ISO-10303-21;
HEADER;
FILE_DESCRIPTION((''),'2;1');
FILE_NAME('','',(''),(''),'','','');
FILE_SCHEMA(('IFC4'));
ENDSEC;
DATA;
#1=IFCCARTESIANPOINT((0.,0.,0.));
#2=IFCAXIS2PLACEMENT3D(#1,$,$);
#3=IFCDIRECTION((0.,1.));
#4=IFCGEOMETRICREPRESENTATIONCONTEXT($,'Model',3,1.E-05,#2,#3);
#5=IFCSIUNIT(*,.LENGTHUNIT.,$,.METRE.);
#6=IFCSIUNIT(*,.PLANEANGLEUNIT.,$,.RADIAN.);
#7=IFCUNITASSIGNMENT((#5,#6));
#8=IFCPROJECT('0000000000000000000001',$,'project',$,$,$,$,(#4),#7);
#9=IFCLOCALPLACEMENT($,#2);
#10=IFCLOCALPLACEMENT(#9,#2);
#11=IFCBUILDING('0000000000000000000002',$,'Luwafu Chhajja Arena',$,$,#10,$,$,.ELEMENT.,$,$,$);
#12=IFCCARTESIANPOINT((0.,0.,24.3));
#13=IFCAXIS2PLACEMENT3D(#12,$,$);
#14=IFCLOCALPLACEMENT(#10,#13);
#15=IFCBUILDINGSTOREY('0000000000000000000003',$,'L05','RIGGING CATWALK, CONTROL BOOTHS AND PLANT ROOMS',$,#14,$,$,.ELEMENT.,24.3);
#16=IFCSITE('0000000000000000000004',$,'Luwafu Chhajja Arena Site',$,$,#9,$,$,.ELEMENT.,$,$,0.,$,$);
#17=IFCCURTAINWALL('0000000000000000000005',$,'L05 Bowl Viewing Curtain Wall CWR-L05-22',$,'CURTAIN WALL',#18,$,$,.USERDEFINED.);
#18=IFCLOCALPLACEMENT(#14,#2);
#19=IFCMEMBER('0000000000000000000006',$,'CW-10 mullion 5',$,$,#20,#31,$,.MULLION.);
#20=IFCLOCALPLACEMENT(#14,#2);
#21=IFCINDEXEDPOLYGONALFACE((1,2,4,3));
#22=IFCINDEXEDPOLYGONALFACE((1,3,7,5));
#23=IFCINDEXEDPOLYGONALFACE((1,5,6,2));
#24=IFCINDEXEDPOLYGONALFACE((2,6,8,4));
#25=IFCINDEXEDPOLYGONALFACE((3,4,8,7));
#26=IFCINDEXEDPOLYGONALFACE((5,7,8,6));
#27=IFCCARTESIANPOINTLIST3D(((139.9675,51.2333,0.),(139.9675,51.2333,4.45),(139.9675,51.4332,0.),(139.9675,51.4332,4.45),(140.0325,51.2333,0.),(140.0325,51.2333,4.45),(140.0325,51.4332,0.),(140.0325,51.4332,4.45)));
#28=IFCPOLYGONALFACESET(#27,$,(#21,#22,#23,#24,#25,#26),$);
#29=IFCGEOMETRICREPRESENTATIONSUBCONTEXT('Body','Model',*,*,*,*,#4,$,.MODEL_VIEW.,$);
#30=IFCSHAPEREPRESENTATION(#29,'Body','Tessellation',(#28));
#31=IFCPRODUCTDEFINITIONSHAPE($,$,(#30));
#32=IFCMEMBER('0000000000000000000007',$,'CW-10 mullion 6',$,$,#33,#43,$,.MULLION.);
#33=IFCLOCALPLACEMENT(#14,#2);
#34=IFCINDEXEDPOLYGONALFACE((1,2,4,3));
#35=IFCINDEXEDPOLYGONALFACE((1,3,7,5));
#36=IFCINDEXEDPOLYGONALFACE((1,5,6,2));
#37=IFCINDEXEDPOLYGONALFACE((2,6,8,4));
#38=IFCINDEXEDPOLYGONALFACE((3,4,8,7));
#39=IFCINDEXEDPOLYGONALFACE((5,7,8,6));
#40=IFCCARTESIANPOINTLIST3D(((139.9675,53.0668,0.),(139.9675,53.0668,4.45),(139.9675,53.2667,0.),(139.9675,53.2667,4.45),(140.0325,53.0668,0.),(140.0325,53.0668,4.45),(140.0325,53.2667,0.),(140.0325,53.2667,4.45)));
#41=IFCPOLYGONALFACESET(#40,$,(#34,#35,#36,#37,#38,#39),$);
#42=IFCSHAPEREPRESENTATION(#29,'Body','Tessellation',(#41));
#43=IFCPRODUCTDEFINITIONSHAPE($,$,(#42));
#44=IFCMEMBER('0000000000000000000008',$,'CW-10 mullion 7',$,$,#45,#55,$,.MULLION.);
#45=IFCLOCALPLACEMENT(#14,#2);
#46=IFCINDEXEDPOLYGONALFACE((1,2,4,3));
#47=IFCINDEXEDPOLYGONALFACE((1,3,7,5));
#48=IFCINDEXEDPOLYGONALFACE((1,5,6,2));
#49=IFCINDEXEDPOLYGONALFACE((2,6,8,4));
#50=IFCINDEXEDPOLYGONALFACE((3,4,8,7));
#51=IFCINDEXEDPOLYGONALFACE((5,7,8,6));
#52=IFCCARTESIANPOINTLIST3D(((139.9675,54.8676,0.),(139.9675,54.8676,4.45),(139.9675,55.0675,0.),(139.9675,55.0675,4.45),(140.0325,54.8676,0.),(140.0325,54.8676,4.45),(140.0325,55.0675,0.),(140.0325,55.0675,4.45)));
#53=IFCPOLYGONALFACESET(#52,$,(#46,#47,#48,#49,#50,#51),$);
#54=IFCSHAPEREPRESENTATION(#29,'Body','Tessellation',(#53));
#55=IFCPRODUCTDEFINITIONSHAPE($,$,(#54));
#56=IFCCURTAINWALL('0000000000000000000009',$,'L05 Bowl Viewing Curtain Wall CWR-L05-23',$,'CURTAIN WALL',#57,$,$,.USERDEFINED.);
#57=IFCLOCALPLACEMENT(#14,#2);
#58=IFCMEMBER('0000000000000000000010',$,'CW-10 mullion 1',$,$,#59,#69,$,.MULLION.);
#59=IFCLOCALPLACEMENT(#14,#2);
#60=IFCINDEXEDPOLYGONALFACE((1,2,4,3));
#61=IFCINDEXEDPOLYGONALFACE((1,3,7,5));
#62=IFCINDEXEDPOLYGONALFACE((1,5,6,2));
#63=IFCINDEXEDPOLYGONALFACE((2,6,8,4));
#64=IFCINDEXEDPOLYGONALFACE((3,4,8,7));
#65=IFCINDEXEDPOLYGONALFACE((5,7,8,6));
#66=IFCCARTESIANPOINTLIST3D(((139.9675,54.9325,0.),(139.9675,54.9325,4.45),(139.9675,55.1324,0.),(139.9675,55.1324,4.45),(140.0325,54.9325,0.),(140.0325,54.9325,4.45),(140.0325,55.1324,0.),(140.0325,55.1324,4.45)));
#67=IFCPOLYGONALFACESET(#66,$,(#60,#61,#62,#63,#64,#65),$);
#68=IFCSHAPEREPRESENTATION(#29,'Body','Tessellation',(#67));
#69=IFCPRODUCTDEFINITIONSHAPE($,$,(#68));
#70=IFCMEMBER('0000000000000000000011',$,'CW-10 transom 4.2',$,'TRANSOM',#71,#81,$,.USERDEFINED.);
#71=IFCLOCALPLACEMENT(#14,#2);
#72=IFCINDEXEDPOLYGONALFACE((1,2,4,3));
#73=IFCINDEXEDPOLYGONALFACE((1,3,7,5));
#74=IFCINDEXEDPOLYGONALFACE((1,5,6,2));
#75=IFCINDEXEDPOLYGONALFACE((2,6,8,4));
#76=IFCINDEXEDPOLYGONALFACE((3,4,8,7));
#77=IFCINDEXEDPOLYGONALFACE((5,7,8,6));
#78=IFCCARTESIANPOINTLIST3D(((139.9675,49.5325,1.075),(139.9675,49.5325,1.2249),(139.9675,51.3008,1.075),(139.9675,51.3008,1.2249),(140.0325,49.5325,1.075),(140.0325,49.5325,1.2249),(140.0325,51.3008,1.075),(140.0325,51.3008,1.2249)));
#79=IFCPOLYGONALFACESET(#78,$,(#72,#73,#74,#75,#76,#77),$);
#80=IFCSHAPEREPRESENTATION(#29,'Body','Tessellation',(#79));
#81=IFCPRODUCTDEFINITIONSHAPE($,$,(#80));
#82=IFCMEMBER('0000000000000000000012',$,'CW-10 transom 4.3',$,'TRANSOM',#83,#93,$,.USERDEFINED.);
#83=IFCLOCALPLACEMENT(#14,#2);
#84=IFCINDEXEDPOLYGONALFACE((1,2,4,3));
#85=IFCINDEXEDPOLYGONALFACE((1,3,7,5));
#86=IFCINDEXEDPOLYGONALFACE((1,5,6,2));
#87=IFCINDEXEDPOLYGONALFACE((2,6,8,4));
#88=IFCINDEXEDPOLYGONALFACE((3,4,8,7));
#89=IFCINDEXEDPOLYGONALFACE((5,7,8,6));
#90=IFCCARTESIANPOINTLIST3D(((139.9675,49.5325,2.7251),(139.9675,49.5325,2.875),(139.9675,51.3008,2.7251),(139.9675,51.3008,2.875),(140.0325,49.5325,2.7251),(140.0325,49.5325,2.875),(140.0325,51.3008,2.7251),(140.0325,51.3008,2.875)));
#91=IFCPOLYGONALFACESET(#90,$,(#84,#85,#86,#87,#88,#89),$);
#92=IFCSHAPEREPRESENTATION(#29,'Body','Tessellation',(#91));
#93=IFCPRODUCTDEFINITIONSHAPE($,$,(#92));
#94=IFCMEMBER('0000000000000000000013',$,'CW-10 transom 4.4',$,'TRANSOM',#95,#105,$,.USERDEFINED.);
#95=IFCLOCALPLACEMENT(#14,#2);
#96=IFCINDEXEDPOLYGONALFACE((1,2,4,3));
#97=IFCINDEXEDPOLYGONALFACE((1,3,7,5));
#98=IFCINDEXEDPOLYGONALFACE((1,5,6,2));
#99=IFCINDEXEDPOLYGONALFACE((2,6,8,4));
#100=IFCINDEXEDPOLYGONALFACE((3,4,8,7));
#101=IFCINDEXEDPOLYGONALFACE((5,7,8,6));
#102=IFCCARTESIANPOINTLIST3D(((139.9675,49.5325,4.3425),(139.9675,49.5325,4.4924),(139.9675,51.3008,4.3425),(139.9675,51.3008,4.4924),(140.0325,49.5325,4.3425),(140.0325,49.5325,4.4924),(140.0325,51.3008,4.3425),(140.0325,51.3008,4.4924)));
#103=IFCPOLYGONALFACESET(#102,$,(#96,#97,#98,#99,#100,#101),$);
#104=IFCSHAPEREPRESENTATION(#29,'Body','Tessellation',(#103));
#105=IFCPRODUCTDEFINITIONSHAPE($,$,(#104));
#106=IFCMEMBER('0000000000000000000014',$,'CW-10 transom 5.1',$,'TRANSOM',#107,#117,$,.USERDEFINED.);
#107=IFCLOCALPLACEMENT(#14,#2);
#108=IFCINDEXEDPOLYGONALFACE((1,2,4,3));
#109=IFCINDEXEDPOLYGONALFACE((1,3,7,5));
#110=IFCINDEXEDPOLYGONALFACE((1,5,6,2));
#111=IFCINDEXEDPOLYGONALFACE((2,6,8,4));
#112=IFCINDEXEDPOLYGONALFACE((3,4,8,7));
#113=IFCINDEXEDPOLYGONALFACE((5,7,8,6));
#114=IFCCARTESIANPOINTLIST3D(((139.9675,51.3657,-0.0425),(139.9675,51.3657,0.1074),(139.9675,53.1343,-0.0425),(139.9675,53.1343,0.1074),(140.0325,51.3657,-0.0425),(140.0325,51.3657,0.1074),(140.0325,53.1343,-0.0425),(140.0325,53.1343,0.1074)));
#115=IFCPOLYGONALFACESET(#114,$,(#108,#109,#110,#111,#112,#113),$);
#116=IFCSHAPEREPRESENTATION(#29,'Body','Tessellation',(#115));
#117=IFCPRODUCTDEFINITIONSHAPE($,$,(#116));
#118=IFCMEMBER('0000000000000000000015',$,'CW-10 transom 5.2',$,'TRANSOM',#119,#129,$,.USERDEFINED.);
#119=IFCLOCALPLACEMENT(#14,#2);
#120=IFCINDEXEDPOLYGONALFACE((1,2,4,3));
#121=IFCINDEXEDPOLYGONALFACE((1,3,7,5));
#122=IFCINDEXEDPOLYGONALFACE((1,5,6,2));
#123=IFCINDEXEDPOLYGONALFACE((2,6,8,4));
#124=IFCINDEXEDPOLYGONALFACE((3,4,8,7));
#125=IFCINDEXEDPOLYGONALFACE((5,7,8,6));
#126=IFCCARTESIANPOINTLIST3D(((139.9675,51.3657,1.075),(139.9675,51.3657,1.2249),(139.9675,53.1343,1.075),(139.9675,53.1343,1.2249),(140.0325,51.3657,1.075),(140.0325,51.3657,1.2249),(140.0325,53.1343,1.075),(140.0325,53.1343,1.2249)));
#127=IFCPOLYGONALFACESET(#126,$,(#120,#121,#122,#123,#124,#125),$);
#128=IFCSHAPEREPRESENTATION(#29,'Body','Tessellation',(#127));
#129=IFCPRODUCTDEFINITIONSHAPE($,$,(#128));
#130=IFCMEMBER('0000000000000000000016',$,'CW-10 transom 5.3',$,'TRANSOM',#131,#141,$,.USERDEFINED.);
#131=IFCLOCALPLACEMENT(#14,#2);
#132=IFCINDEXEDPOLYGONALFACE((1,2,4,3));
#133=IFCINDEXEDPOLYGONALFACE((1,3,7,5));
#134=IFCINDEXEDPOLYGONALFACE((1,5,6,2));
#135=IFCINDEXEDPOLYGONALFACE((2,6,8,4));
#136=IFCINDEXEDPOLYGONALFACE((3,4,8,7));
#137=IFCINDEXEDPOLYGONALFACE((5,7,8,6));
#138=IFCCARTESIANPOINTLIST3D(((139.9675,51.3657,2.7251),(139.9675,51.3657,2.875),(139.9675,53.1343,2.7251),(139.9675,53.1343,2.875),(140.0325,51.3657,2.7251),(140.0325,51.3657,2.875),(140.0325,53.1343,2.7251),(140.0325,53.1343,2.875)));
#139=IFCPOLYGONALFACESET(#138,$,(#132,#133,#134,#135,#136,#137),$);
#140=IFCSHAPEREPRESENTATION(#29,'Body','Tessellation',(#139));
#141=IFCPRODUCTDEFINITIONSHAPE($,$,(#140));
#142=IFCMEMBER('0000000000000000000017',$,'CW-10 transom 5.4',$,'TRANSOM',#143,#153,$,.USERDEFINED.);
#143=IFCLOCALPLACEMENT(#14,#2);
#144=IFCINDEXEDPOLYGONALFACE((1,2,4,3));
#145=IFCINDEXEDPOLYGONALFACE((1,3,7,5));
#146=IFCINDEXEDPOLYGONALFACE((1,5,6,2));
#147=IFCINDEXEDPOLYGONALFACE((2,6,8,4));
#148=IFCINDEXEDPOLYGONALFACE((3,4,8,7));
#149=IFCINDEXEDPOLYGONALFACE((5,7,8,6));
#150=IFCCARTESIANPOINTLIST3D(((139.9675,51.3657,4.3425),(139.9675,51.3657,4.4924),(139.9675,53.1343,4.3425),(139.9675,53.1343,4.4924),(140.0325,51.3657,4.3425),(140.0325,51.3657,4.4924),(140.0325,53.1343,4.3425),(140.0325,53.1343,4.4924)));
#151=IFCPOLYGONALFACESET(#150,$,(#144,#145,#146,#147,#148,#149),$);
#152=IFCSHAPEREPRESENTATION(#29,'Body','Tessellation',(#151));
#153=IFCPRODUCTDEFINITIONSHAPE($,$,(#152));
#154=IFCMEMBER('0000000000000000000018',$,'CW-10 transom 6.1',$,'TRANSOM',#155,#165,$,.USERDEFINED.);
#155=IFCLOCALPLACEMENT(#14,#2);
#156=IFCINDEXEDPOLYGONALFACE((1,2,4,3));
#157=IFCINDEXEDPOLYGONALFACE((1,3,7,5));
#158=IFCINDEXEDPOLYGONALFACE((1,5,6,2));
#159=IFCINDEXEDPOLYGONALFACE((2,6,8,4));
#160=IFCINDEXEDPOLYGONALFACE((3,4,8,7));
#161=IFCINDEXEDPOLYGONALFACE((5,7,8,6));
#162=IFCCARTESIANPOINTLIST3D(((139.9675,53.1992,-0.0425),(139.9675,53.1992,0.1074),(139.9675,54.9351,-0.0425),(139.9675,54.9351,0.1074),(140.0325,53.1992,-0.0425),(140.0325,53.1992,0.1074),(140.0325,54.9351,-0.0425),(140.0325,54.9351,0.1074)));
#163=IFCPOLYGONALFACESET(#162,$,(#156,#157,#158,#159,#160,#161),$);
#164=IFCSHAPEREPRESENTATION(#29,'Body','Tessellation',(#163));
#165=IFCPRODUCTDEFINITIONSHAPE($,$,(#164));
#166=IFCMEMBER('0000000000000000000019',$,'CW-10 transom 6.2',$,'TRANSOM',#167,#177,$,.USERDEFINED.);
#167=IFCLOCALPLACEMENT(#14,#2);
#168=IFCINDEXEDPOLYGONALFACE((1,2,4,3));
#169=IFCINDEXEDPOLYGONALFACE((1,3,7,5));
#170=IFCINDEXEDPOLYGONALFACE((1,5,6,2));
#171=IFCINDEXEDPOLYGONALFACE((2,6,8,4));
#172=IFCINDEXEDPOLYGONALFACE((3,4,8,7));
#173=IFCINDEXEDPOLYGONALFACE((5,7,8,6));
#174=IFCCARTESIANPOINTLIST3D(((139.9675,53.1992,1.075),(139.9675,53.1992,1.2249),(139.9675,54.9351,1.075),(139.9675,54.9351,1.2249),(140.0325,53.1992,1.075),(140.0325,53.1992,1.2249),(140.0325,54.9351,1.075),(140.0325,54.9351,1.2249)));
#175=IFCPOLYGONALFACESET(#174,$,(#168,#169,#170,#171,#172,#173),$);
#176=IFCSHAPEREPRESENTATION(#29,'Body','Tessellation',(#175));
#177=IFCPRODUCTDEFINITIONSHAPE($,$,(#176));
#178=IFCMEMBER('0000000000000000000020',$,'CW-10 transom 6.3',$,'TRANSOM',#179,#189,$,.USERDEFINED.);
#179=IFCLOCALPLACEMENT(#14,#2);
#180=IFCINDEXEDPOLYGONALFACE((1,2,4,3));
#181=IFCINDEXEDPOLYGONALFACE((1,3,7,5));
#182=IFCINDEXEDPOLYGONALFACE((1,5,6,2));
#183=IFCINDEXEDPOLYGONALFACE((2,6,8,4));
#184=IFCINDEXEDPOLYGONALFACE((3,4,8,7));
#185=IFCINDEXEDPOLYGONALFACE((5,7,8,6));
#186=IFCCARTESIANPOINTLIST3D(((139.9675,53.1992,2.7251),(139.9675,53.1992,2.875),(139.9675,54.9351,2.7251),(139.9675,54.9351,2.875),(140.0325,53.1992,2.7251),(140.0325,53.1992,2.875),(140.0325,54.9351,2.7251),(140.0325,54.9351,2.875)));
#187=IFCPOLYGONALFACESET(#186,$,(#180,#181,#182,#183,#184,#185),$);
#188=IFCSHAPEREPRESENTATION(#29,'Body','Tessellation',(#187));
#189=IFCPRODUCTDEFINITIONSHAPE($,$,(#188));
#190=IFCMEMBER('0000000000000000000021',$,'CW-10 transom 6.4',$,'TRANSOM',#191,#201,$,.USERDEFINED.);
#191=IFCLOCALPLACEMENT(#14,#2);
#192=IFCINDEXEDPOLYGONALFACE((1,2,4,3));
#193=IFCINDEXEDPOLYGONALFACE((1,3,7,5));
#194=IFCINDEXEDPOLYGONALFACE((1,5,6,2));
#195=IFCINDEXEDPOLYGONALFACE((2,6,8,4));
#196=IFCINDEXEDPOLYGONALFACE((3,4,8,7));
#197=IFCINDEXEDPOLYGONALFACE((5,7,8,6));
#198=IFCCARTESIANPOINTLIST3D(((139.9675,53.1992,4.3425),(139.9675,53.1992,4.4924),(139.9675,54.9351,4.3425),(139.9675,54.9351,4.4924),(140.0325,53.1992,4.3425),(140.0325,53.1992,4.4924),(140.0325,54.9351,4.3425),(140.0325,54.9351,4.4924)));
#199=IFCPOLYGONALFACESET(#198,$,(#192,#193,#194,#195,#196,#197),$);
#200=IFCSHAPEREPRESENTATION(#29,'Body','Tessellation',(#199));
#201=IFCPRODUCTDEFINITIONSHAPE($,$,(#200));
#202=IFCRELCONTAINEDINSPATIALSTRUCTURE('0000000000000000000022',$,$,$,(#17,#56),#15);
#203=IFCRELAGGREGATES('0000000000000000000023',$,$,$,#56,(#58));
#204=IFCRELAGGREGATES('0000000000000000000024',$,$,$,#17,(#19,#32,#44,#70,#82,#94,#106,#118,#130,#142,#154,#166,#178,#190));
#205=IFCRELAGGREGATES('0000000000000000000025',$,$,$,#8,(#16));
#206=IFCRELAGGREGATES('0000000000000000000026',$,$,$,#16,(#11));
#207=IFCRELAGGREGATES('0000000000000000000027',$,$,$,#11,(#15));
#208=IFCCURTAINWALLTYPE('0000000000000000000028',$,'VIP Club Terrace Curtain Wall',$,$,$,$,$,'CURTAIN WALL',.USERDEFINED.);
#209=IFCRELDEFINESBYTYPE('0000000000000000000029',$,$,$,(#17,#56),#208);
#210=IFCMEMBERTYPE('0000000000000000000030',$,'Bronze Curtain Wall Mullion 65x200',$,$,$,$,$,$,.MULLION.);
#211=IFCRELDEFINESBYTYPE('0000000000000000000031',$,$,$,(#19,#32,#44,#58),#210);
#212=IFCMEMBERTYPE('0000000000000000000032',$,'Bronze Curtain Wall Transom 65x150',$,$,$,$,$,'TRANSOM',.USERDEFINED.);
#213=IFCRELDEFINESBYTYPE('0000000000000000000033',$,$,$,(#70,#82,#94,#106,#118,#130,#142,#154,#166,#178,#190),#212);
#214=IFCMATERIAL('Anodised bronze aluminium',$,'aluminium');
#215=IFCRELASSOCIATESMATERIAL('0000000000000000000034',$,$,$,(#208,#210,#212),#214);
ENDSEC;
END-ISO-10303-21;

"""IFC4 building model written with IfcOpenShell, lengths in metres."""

from ifc_helpers import new_model, si_unit, direction, frame, origin, origin_2d, place, context, subcontext, project, spatial, rectangle, extrude, material, material_profile, profile_set, type_object, element, aggregate, save


model = new_model("IFC4")

# Units and contexts
model_context = context("Model", 3, precision=1e-05, world=origin(), true_north=direction((0.0, 1.0)))
body_context = subcontext(model_context, "Body", "Model", "MODEL_VIEW")
ifc_project = project(units=[si_unit("LENGTHUNIT", "METRE"), si_unit("PLANEANGLEUNIT", "RADIAN")], contexts=[model_context])

# Site, building, storey
site_placement = place(None, origin())
site = spatial("IfcSite", under=ifc_project, at=site_placement, Name="Luwafu Chhajja Arena Site", CompositionType="ELEMENT", RefElevation=0.0)
building_placement = place(site_placement, origin())
building = spatial("IfcBuilding", under=site, at=building_placement, Name="Luwafu Chhajja Arena", CompositionType="ELEMENT")
storey_placement = place(building_placement, frame((0.0, 0.0, 24.3)))
storey = spatial("IfcBuildingStorey", under=building, at=storey_placement, Name="L05", Description="RIGGING CATWALK, CONTROL BOOTHS AND PLANT ROOMS", CompositionType="ELEMENT", Elevation=24.3)

# Curtain wall, members
ifc_material_1 = material(Name="Anodised bronze aluminium", Category="aluminium")
curtain_wall_type = type_object("IfcCurtainWallType", Name="VIP Club Terrace Curtain Wall", ElementType="CURTAIN WALL", PredefinedType="USERDEFINED", material=ifc_material_1)
curtain_wall_1_placement = place(storey_placement, origin())
curtain_wall_1 = element("IfcCurtainWall", 1, at=curtain_wall_1_placement, inside=storey, type_object=curtain_wall_type, Name="L05 Bowl Viewing Curtain Wall CWR-L05-22", ObjectType="CURTAIN WALL", PredefinedType="USERDEFINED")
ifc_material_profile_1 = material_profile(ifc_material_1, rectangle(XDim=0.0649, YDim=0.2, at=origin_2d()), Name="CWM 65x200")
ifc_profile_set_1 = profile_set([ifc_material_profile_1], Name="Anodised bronze aluminium")
member_type_1 = type_object("IfcMemberType", Name="Bronze Curtain Wall Mullion 65x200", PredefinedType="MULLION", material=ifc_profile_set_1)
member_1_placement = place(storey_placement, frame((140.0, 51.3333, 0.0), z_axis=(0.0, 0.0, 1.0), x_axis=(-1.0, 0.0, 0.0)))
member_1 = element("IfcMember", 2, at=member_1_placement, type_object=member_type_1, Name="CW-10 mullion 5", PredefinedType="MULLION", context=body_context, shape_type="SweptSolid", body=[
    extrude(rectangle(XDim=0.0649, YDim=0.2, at=origin_2d()), origin(), (0.0, 0.0, 1.0), 4.45),
])
member_2_placement = place(storey_placement, frame((140.0, 53.1667, 0.0), z_axis=(0.0, 0.0, 1.0), x_axis=(-1.0, 0.0, 0.0)))
member_2 = element("IfcMember", 3, at=member_2_placement, type_object=member_type_1, Name="CW-10 mullion 6", PredefinedType="MULLION", context=body_context, shape_type="SweptSolid", body=[
    extrude(rectangle(XDim=0.0649, YDim=0.2, at=origin_2d()), origin(), (0.0, 0.0, 1.0), 4.45),
])
member_3_placement = place(storey_placement, frame((140.0, 54.9675, 0.0), z_axis=(0.0, 0.0, 1.0), x_axis=(-1.0, 0.0, 0.0)))
member_3 = element("IfcMember", 4, at=member_3_placement, type_object=member_type_1, Name="CW-10 mullion 7", PredefinedType="MULLION", context=body_context, shape_type="SweptSolid", body=[
    extrude(rectangle(XDim=0.0649, YDim=0.2, at=origin_2d()), origin(), (0.0, 0.0, 1.0), 4.45),
])

# Curtain wall, member
curtain_wall_2_placement = place(storey_placement, origin())
curtain_wall_2 = element("IfcCurtainWall", 5, at=curtain_wall_2_placement, inside=storey, type_object=curtain_wall_type, Name="L05 Bowl Viewing Curtain Wall CWR-L05-23", ObjectType="CURTAIN WALL", PredefinedType="USERDEFINED")
member_4_placement = place(storey_placement, frame((140.0, 55.0325, 0.0), z_axis=(0.0, 0.0, 1.0), x_axis=(-1.0, 0.0, 0.0)))
member_4 = element("IfcMember", 6, at=member_4_placement, type_object=member_type_1, Name="CW-10 mullion 1", PredefinedType="MULLION", context=body_context, shape_type="SweptSolid", body=[
    extrude(rectangle(XDim=0.0649, YDim=0.2, at=origin_2d()), origin(), (0.0, 0.0, 1.0), 4.45),
])

# Members
ifc_material_profile_2 = material_profile(ifc_material_1, rectangle(XDim=0.0649, YDim=0.1499, at=origin_2d()), Name="CWT 65x150")
ifc_profile_set_2 = profile_set([ifc_material_profile_2], Name="Anodised bronze aluminium")
member_type_2 = type_object("IfcMemberType", Name="Bronze Curtain Wall Transom 65x150", ElementType="TRANSOM", PredefinedType="USERDEFINED", material=ifc_profile_set_2)
member_5_placement = place(storey_placement, frame((140.0, 49.5325, 1.1499), z_axis=(0.0, 1.0, 0.0), x_axis=(-1.0, 0.0, 0.0)))
member_5 = element("IfcMember", 7, at=member_5_placement, type_object=member_type_2, Name="CW-10 transom 4.2", ObjectType="TRANSOM", PredefinedType="USERDEFINED", context=body_context, shape_type="SweptSolid", body=[
    extrude(rectangle(XDim=0.0649, YDim=0.1499, at=origin_2d()), origin(), (0.0, 0.0, 1.0), 1.7683),
])
member_6_placement = place(storey_placement, frame((140.0, 49.5325, 2.8), z_axis=(0.0, 1.0, 0.0), x_axis=(-1.0, 0.0, 0.0)))
member_6 = element("IfcMember", 8, at=member_6_placement, type_object=member_type_2, Name="CW-10 transom 4.3", ObjectType="TRANSOM", PredefinedType="USERDEFINED", context=body_context, shape_type="SweptSolid", body=[
    extrude(rectangle(XDim=0.0649, YDim=0.1499, at=origin_2d()), origin(), (0.0, 0.0, 1.0), 1.7683),
])
member_7_placement = place(storey_placement, frame((140.0, 49.5325, 4.4175), z_axis=(0.0, 1.0, 0.0), x_axis=(-1.0, 0.0, 0.0)))
member_7 = element("IfcMember", 9, at=member_7_placement, type_object=member_type_2, Name="CW-10 transom 4.4", ObjectType="TRANSOM", PredefinedType="USERDEFINED", context=body_context, shape_type="SweptSolid", body=[
    extrude(rectangle(XDim=0.0649, YDim=0.1499, at=origin_2d()), origin(), (0.0, 0.0, 1.0), 1.7683),
])
member_8_placement = place(storey_placement, frame((140.0, 51.3657, 0.0325), z_axis=(0.0, 1.0, 0.0), x_axis=(-1.0, 0.0, 0.0)))
member_8 = element("IfcMember", 10, at=member_8_placement, type_object=member_type_2, Name="CW-10 transom 5.1", ObjectType="TRANSOM", PredefinedType="USERDEFINED", context=body_context, shape_type="SweptSolid", body=[
    extrude(rectangle(XDim=0.0649, YDim=0.1499, at=origin_2d()), origin(), (0.0, 0.0, 1.0), 1.7686),
])
member_9_placement = place(storey_placement, frame((140.0, 51.3657, 1.1499), z_axis=(0.0, 1.0, 0.0), x_axis=(-1.0, 0.0, 0.0)))
member_9 = element("IfcMember", 11, at=member_9_placement, type_object=member_type_2, Name="CW-10 transom 5.2", ObjectType="TRANSOM", PredefinedType="USERDEFINED", context=body_context, shape_type="SweptSolid", body=[
    extrude(rectangle(XDim=0.0649, YDim=0.1499, at=origin_2d()), origin(), (0.0, 0.0, 1.0), 1.7686),
])
member_10_placement = place(storey_placement, frame((140.0, 51.3657, 2.8), z_axis=(0.0, 1.0, 0.0), x_axis=(-1.0, 0.0, 0.0)))
member_10 = element("IfcMember", 12, at=member_10_placement, type_object=member_type_2, Name="CW-10 transom 5.3", ObjectType="TRANSOM", PredefinedType="USERDEFINED", context=body_context, shape_type="SweptSolid", body=[
    extrude(rectangle(XDim=0.0649, YDim=0.1499, at=origin_2d()), origin(), (0.0, 0.0, 1.0), 1.7686),
])
member_11_placement = place(storey_placement, frame((140.0, 51.3657, 4.4175), z_axis=(0.0, 1.0, 0.0), x_axis=(-1.0, 0.0, 0.0)))
member_11 = element("IfcMember", 13, at=member_11_placement, type_object=member_type_2, Name="CW-10 transom 5.4", ObjectType="TRANSOM", PredefinedType="USERDEFINED", context=body_context, shape_type="SweptSolid", body=[
    extrude(rectangle(XDim=0.0649, YDim=0.1499, at=origin_2d()), origin(), (0.0, 0.0, 1.0), 1.7686),
])
member_12_placement = place(storey_placement, frame((140.0, 53.1992, 0.0325), z_axis=(0.0, 1.0, 0.0), x_axis=(-1.0, 0.0, 0.0)))
member_12 = element("IfcMember", 14, at=member_12_placement, type_object=member_type_2, Name="CW-10 transom 6.1", ObjectType="TRANSOM", PredefinedType="USERDEFINED", context=body_context, shape_type="SweptSolid", body=[
    extrude(rectangle(XDim=0.0649, YDim=0.1499, at=origin_2d()), origin(), (0.0, 0.0, 1.0), 1.7358),
])
member_13_placement = place(storey_placement, frame((140.0, 53.1992, 1.1499), z_axis=(0.0, 1.0, 0.0), x_axis=(-1.0, 0.0, 0.0)))
member_13 = element("IfcMember", 15, at=member_13_placement, type_object=member_type_2, Name="CW-10 transom 6.2", ObjectType="TRANSOM", PredefinedType="USERDEFINED", context=body_context, shape_type="SweptSolid", body=[
    extrude(rectangle(XDim=0.0649, YDim=0.1499, at=origin_2d()), origin(), (0.0, 0.0, 1.0), 1.7358),
])
member_14_placement = place(storey_placement, frame((140.0, 53.1992, 2.8), z_axis=(0.0, 1.0, 0.0), x_axis=(-1.0, 0.0, 0.0)))
member_14 = element("IfcMember", 16, at=member_14_placement, type_object=member_type_2, Name="CW-10 transom 6.3", ObjectType="TRANSOM", PredefinedType="USERDEFINED", context=body_context, shape_type="SweptSolid", body=[
    extrude(rectangle(XDim=0.0649, YDim=0.1499, at=origin_2d()), origin(), (0.0, 0.0, 1.0), 1.7358),
])
member_15_placement = place(storey_placement, frame((140.0, 53.1992, 4.4175), z_axis=(0.0, 1.0, 0.0), x_axis=(-1.0, 0.0, 0.0)))
member_15 = element("IfcMember", 17, at=member_15_placement, type_object=member_type_2, Name="CW-10 transom 6.4", ObjectType="TRANSOM", PredefinedType="USERDEFINED", context=body_context, shape_type="SweptSolid", body=[
    extrude(rectangle(XDim=0.0649, YDim=0.1499, at=origin_2d()), origin(), (0.0, 0.0, 1.0), 1.7358),
])
aggregate(curtain_wall_2, [member_4])

aggregate(curtain_wall_1, [member_1, member_2, member_3, member_5, member_6, member_7, member_8, member_9, member_10, member_11, member_12, member_13, member_14, member_15])

save(model, "model.ifc")
